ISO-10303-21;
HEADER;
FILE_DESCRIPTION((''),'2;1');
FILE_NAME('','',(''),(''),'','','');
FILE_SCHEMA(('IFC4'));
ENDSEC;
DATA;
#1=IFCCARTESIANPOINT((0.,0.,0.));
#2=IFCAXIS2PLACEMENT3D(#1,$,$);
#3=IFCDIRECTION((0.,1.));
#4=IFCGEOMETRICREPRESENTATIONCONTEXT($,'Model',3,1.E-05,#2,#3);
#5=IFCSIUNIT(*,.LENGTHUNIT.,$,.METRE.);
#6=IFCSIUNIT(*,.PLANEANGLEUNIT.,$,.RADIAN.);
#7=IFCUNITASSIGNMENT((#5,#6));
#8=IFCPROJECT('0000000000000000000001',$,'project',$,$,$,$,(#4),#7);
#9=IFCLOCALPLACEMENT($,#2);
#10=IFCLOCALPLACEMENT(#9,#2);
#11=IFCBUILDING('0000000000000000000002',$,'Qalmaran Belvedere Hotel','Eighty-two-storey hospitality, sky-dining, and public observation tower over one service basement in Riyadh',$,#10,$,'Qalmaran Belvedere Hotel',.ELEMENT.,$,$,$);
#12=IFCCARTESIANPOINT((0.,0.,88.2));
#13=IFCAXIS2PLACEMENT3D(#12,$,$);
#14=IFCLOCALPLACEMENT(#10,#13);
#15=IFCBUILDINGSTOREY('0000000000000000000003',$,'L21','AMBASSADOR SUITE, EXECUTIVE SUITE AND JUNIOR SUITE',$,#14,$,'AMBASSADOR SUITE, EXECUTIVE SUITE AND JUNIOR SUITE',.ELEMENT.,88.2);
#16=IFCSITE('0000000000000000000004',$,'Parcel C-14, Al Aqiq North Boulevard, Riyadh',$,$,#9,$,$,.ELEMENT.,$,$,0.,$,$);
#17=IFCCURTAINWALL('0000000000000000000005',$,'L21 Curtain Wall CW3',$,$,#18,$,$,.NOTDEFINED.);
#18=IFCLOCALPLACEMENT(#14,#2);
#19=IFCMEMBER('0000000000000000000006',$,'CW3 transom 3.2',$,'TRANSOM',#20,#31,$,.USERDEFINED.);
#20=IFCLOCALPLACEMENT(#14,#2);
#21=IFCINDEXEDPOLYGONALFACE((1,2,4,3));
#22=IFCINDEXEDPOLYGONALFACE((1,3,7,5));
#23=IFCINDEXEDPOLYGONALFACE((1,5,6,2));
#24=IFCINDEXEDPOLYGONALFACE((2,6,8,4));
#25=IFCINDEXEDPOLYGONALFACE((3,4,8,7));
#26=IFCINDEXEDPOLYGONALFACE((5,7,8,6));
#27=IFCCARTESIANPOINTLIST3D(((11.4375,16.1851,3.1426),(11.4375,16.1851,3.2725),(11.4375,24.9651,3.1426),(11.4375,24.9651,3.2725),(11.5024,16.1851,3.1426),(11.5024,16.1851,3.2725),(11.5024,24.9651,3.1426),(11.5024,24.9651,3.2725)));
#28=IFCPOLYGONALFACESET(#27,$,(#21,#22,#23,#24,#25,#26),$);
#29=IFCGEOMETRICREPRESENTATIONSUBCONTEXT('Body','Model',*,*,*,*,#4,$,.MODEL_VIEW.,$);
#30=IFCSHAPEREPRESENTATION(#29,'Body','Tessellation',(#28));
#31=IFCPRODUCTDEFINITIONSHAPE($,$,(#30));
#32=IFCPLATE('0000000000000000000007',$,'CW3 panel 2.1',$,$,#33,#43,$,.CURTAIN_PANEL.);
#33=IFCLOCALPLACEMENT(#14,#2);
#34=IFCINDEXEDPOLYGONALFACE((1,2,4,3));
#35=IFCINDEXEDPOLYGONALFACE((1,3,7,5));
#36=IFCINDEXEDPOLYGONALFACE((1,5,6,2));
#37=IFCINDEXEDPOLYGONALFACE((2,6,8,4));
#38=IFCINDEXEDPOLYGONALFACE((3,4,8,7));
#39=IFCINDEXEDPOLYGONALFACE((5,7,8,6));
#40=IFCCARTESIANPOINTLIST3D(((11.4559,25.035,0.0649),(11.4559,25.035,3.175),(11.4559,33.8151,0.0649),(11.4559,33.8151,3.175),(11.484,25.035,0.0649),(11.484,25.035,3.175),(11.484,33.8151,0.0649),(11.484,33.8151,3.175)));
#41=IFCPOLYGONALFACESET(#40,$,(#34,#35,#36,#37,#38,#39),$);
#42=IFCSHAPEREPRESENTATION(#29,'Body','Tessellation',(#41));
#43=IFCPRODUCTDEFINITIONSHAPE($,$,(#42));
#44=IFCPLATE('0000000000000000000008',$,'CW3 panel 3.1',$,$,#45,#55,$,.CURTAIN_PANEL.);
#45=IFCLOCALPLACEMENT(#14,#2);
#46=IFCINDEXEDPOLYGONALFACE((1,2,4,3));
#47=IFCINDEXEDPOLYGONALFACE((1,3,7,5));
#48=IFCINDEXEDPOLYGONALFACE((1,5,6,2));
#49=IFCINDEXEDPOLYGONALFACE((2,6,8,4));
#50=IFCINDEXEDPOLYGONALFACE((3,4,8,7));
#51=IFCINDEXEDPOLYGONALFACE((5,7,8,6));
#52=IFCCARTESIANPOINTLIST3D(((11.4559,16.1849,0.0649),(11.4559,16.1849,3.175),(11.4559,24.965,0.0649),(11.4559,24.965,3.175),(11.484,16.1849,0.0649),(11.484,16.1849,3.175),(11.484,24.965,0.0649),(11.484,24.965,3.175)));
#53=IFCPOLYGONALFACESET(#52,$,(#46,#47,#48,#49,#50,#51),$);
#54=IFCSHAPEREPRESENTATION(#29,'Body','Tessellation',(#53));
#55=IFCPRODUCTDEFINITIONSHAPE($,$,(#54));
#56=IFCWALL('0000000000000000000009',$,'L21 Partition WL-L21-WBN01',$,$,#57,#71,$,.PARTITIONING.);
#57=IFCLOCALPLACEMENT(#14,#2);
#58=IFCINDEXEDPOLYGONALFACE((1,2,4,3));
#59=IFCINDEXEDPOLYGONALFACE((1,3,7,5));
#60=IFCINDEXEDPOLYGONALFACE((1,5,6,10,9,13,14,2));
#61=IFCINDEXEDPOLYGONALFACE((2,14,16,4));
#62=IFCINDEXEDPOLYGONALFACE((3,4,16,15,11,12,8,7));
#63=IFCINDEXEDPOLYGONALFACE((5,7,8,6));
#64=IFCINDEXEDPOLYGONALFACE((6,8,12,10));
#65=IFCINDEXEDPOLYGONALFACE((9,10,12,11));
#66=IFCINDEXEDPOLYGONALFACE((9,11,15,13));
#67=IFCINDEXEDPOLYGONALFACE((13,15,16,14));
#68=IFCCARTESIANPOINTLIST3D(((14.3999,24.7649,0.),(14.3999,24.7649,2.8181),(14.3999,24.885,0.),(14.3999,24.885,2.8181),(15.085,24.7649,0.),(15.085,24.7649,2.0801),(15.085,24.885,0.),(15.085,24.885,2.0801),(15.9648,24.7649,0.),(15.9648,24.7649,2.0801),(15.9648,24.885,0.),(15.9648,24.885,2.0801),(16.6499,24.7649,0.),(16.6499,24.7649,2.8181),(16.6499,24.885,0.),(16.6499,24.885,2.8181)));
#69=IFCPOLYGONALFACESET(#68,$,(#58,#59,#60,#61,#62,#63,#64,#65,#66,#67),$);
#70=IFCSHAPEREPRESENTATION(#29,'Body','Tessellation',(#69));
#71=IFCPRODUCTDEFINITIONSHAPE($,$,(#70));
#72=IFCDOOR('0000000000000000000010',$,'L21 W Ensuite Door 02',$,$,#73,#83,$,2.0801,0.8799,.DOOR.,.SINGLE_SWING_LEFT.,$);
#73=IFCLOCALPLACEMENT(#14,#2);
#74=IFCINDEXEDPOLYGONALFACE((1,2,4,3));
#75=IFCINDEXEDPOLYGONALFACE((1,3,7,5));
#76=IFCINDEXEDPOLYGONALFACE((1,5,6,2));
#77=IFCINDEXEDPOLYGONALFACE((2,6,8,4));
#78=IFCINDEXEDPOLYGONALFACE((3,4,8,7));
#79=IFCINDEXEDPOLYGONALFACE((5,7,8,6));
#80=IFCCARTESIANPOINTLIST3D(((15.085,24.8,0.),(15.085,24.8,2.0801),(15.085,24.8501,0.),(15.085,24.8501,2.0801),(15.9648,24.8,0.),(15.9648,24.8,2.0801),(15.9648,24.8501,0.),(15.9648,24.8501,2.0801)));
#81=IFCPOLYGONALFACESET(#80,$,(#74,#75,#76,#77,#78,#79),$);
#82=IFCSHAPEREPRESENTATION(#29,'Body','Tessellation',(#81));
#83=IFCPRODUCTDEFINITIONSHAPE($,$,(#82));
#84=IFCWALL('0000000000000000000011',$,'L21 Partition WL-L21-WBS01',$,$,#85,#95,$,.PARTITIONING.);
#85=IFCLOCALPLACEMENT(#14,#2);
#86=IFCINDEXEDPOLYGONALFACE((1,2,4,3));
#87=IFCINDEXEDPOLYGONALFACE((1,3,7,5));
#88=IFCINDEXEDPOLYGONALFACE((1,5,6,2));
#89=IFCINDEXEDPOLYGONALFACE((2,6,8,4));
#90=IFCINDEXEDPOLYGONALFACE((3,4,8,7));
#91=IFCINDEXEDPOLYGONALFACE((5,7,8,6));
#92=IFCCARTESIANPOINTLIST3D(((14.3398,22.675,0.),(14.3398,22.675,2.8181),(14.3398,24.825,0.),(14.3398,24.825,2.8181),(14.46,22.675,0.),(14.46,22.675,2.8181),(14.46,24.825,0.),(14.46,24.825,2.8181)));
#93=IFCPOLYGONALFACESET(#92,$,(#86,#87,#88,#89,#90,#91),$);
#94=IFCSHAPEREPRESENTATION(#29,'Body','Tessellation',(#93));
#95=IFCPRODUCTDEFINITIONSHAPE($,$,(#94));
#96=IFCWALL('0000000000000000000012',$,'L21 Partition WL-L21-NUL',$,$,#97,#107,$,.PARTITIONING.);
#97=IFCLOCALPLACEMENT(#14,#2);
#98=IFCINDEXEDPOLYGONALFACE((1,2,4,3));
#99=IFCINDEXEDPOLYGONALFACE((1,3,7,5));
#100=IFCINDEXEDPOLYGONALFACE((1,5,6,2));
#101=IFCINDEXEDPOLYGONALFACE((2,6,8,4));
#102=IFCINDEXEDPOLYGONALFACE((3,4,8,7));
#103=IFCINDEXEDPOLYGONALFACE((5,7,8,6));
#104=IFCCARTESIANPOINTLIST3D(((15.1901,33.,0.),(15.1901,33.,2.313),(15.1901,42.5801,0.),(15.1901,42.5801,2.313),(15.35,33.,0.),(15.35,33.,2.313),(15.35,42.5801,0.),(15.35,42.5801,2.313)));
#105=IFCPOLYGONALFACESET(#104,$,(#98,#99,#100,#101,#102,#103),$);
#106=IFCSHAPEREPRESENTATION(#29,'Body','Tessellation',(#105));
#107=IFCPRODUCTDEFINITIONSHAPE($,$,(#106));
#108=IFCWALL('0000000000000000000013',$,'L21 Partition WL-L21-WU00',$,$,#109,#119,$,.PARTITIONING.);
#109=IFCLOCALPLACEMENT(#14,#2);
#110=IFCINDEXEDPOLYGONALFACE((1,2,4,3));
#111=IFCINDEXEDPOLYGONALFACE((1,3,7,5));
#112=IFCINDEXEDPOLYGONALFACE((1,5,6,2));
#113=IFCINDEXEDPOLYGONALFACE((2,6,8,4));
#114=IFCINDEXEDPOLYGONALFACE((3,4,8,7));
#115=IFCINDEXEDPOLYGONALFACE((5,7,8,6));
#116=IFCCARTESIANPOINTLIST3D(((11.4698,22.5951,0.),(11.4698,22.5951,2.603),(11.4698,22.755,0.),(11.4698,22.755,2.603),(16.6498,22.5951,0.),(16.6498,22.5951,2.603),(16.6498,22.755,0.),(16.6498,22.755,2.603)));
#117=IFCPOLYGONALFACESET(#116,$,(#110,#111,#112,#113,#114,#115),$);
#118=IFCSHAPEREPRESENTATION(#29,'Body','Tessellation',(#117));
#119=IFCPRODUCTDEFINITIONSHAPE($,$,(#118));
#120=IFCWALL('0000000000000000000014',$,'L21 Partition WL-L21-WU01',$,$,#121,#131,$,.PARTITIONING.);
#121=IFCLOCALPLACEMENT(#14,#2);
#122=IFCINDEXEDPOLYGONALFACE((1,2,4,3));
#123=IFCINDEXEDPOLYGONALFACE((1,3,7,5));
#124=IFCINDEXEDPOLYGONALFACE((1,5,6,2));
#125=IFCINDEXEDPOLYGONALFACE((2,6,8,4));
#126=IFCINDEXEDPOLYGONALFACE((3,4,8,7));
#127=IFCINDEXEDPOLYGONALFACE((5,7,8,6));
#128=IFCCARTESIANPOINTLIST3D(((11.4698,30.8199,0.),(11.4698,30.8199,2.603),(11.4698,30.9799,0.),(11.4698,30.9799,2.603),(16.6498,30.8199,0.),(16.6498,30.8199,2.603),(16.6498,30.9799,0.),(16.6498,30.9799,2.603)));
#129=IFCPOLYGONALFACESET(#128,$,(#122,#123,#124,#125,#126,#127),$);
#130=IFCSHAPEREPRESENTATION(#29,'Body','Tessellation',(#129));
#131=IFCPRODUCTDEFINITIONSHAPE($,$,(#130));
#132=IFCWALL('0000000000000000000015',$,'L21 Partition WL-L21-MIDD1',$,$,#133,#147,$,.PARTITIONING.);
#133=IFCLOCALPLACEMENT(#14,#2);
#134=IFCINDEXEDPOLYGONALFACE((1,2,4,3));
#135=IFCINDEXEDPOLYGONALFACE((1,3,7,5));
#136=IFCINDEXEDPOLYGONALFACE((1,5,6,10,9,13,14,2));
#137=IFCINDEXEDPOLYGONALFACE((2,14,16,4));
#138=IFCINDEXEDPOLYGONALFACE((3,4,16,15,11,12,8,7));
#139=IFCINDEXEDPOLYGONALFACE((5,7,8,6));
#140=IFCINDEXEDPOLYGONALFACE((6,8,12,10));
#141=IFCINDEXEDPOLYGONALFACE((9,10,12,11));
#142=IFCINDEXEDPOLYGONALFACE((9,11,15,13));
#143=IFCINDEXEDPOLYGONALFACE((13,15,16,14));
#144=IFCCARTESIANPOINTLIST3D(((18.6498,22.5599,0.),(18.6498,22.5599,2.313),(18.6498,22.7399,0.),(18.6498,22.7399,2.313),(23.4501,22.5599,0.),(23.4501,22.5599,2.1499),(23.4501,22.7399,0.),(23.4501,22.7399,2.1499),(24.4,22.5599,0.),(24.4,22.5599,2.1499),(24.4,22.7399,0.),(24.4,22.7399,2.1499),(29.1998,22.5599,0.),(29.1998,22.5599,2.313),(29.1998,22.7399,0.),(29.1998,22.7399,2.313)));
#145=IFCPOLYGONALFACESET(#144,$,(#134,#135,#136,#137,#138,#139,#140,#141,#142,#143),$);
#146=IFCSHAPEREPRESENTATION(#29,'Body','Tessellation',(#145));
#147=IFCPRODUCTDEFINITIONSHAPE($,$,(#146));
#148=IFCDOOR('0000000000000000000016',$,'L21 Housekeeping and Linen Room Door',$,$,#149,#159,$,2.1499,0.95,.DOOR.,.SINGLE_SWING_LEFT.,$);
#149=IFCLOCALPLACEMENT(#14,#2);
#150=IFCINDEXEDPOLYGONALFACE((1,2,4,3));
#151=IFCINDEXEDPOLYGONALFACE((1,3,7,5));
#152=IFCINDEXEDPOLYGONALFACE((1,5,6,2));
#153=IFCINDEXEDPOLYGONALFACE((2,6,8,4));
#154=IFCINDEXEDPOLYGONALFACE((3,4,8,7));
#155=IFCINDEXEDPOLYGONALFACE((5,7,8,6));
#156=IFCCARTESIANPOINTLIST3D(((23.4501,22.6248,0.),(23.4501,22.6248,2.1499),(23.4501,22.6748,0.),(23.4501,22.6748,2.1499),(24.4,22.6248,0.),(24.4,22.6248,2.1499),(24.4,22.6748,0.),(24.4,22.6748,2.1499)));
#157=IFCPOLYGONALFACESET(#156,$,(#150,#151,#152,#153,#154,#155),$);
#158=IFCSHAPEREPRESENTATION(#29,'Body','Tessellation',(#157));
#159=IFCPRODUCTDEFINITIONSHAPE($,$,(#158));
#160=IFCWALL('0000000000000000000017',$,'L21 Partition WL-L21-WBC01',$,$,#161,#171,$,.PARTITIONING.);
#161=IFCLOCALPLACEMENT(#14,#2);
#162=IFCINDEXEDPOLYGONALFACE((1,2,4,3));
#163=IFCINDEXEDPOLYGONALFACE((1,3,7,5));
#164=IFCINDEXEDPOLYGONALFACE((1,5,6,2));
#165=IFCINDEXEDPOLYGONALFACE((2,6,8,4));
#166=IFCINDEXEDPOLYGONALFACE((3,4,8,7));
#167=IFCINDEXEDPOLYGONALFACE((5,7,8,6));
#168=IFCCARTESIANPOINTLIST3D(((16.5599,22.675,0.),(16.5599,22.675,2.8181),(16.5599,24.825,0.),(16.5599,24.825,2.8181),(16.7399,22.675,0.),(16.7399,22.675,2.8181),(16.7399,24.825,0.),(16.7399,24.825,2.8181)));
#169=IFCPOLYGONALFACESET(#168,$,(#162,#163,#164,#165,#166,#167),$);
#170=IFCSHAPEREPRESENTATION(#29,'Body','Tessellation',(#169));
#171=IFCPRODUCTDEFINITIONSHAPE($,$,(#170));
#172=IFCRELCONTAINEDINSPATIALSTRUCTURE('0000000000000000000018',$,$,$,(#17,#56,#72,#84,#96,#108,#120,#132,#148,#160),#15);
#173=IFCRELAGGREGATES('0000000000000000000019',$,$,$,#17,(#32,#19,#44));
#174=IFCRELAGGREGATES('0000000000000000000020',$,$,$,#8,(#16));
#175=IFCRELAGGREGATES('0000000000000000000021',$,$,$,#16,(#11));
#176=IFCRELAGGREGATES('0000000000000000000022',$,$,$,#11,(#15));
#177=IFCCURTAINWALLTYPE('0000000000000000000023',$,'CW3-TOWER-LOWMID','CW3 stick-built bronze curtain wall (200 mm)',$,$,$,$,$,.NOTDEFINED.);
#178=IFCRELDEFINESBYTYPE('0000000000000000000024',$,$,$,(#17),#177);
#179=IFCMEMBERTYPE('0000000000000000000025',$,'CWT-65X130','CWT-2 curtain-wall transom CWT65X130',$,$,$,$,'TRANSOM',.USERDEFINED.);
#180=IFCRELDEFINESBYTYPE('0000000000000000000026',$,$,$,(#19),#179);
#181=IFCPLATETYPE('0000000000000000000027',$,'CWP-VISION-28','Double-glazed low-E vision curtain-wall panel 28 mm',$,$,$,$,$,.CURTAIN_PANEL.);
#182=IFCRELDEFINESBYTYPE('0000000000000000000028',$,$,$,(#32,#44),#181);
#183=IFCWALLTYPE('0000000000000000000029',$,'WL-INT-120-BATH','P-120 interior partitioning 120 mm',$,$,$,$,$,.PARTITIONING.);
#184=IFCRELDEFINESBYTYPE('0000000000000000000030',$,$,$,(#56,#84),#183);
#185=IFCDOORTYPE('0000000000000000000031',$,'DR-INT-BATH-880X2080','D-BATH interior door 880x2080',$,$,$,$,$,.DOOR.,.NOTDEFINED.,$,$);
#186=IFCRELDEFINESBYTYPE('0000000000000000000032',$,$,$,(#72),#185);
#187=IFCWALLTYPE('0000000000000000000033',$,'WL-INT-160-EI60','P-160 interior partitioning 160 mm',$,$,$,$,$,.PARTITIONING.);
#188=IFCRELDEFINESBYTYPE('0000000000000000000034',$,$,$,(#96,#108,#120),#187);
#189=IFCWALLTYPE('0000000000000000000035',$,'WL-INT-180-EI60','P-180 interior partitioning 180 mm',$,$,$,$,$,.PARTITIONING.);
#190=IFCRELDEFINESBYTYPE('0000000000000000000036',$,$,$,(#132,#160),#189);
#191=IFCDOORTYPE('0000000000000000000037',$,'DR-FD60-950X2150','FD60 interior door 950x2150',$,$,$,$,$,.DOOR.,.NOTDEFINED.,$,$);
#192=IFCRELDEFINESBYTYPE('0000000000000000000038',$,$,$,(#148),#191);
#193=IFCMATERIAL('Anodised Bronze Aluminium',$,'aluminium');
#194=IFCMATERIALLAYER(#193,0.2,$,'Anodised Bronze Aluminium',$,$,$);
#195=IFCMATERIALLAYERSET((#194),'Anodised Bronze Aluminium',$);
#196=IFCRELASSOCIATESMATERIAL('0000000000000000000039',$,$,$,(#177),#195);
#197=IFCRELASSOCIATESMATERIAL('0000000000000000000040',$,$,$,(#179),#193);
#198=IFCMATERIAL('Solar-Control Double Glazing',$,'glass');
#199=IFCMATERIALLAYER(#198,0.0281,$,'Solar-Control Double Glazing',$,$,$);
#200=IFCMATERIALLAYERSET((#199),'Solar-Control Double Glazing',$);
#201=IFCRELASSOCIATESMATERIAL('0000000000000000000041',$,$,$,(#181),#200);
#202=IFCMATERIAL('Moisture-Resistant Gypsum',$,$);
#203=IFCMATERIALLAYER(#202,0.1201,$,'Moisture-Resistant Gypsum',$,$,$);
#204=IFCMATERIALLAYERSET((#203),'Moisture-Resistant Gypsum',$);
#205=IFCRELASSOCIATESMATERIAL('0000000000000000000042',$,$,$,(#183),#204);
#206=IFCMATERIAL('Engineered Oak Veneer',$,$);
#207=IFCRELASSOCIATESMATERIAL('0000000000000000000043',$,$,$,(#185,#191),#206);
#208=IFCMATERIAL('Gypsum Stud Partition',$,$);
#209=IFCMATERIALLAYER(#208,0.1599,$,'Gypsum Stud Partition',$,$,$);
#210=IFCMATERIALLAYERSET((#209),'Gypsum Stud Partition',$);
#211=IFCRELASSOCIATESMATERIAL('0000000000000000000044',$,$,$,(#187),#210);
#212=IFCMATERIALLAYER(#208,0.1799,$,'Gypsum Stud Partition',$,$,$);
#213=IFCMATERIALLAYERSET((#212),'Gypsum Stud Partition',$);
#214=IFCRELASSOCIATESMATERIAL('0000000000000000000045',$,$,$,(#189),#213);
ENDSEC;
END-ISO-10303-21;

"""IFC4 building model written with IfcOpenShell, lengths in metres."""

from ifc_helpers import new_model, si_unit, direction, frame, frame_2d, origin, origin_2d, place, context, subcontext, project, spatial, rectangle, extrude, material, layer, layer_set, material_profile, profile_set, type_object, element, fill, aggregate, save


model = new_model("IFC4")

# Units and contexts
model_context = context("Model", 3, precision=1e-05, world=origin(), true_north=direction((0.0, 1.0)))
body_context = subcontext(model_context, "Body", "Model", "MODEL_VIEW")
ifc_project = project(units=[si_unit("LENGTHUNIT", "METRE"), si_unit("PLANEANGLEUNIT", "RADIAN")], contexts=[model_context])

# Site, building, storey
site_placement = place(None, origin())
site = spatial("IfcSite", under=ifc_project, at=site_placement, Name="Parcel C-14, Al Aqiq North Boulevard, Riyadh", CompositionType="ELEMENT", RefElevation=0.0)
building_placement = place(site_placement, origin())
building = spatial("IfcBuilding", under=site, at=building_placement, Name="Qalmaran Belvedere Hotel", Description="Eighty-two-storey hospitality, sky-dining, and public observation tower over one service basement in Riyadh", LongName="Qalmaran Belvedere Hotel", CompositionType="ELEMENT")
storey_placement = place(building_placement, frame((0.0, 0.0, 88.2)))
storey = spatial("IfcBuildingStorey", under=building, at=storey_placement, Name="L21", Description="AMBASSADOR SUITE, EXECUTIVE SUITE AND JUNIOR SUITE", LongName="AMBASSADOR SUITE, EXECUTIVE SUITE AND JUNIOR SUITE", CompositionType="ELEMENT", Elevation=88.2)

# Curtain wall, member, plates
ifc_material_1 = material(Name="Anodised Bronze Aluminium", Category="aluminium")
ifc_layer_1 = layer(ifc_material_1, 0.2, Name="Anodised Bronze Aluminium")
ifc_layer_set_1 = layer_set([ifc_layer_1], Name="Anodised Bronze Aluminium")
curtain_wall_type = type_object("IfcCurtainWallType", Name="CW3-TOWER-LOWMID", Description="CW3 stick-built bronze curtain wall (200 mm)", PredefinedType="NOTDEFINED", material=ifc_layer_set_1)
curtain_wall_placement = place(storey_placement, origin())
curtain_wall = element("IfcCurtainWall", 1, at=curtain_wall_placement, inside=storey, type_object=curtain_wall_type, Name="L21 Curtain Wall CW3", PredefinedType="NOTDEFINED")
ifc_material_profile_1 = material_profile(ifc_material_1, rectangle(XDim=0.0649, YDim=0.1299, at=origin_2d()), Name="CWT65X130")
ifc_profile_set_1 = profile_set([ifc_material_profile_1], Name="Anodised Bronze Aluminium")
member_type_1 = type_object("IfcMemberType", Name="CWT-65X130", Description="CWT-2 curtain-wall transom CWT65X130", ElementType="TRANSOM", PredefinedType="USERDEFINED", material=ifc_profile_set_1)
member_1_placement = place(storey_placement, frame((11.47, 24.9651, 3.2075), z_axis=(0.0, -1.0, 0.0), x_axis=(1.0, 0.0, 0.0)))
member_1 = element("IfcMember", 2, at=member_1_placement, type_object=member_type_1, Name="CW3 transom 3.2", ObjectType="TRANSOM", PredefinedType="USERDEFINED", context=body_context, shape_type="SweptSolid", body=[
    extrude(rectangle(XDim=0.0649, YDim=0.1299, at=origin_2d()), origin(), (0.0, 0.0, 1.0), 8.78),
])
ifc_material_2 = material(Name="Solar-Control Double Glazing", Category="glass")
ifc_layer_2 = layer(ifc_material_2, 0.0281, Name="Solar-Control Double Glazing")
ifc_layer_set_2 = layer_set([ifc_layer_2], Name="Solar-Control Double Glazing")
plate_type = type_object("IfcPlateType", Name="CWP-VISION-28", Description="Double-glazed low-E vision curtain-wall panel 28 mm", PredefinedType="CURTAIN_PANEL", material=ifc_layer_set_2)
plate_1_placement = place(storey_placement, frame((11.47, 29.425, 0.0649), z_axis=(0.0, 0.0, 1.0), x_axis=(0.0, -1.0, 0.0)))
plate_1 = element("IfcPlate", 3, at=plate_1_placement, type_object=plate_type, Name="CW3 panel 2.1", PredefinedType="CURTAIN_PANEL", context=body_context, shape_type="SweptSolid", body=[
    extrude(rectangle(XDim=8.78, YDim=0.0281, at=origin_2d()), origin(), (0.0, 0.0, 1.0), 3.1101),
])
plate_2_placement = place(storey_placement, frame((11.47, 20.575, 0.0649), z_axis=(0.0, 0.0, 1.0), x_axis=(0.0, -1.0, 0.0)))
plate_2 = element("IfcPlate", 4, at=plate_2_placement, type_object=plate_type, Name="CW3 panel 3.1", PredefinedType="CURTAIN_PANEL", context=body_context, shape_type="SweptSolid", body=[
    extrude(rectangle(XDim=8.78, YDim=0.0281, at=origin_2d()), origin(), (0.0, 0.0, 1.0), 3.1101),
])
aggregate(curtain_wall, [plate_1, member_1, plate_2])

# Wall, opening, door
ifc_material_3 = material(Name="Moisture-Resistant Gypsum")
ifc_layer_3 = layer(ifc_material_3, 0.1201, Name="Moisture-Resistant Gypsum")
ifc_layer_set_3 = layer_set([ifc_layer_3], Name="Moisture-Resistant Gypsum")
wall_type_1 = type_object("IfcWallType", Name="WL-INT-120-BATH", Description="P-120 interior partitioning 120 mm", PredefinedType="PARTITIONING", material=ifc_layer_set_3)
wall_1_placement = place(storey_placement, frame((14.3999, 24.825, 0.0), z_axis=(0.0, 0.0, 1.0), x_axis=(1.0, 0.0, 0.0)))
wall_1 = element("IfcWall", 5, at=wall_1_placement, inside=storey, type_object=wall_type_1, Name="L21 Partition WL-L21-WBN01", PredefinedType="PARTITIONING", context=body_context, shape_type="SweptSolid", body=[
    extrude(rectangle(XDim=2.25, YDim=0.1201, at=frame_2d((1.125, 0.0))), origin(), (0.0, 0.0, 1.0), 2.8181),
])
opening_1_placement = place(wall_1_placement, frame((1.5649, 0.0, 0.0), z_axis=(0.0, 0.0, 1.0), x_axis=(-1.0, 0.0, 0.0)))
opening_1 = element("IfcOpeningElement", 6, at=opening_1_placement, cuts=wall_1, PredefinedType="OPENING", context=body_context, shape_type="SweptSolid", body=[
    extrude(rectangle(XDim=0.8799, YDim=2.0801, at=frame_2d((0.4399, 1.04))), frame((0.0, 0.0701, 0.0), z_axis=(0.0, -1.0, 0.0), x_axis=(1.0, 0.0, 0.0)), (0.0, 0.0, 1.0), 0.1401),
])
ifc_material_4 = material(Name="Engineered Oak Veneer")
door_type_1 = type_object("IfcDoorType", Name="DR-INT-BATH-880X2080", Description="D-BATH interior door 880x2080", OperationType="NOTDEFINED", PredefinedType="DOOR", material=ifc_material_4)
door_1_placement = place(opening_1_placement, origin())
door_1 = element("IfcDoor", 7, at=door_1_placement, inside=storey, type_object=door_type_1, Name="L21 W Ensuite Door 02", OperationType="SINGLE_SWING_LEFT", OverallHeight=2.0801, OverallWidth=0.8799, PredefinedType="DOOR", context=body_context, shape_type="SweptSolid", body=[
    extrude(rectangle(XDim=0.8799, YDim=2.0801, at=frame_2d((0.4399, 1.04))), frame((0.0, 0.0249, 0.0), z_axis=(0.0, -1.0, 0.0), x_axis=(1.0, 0.0, 0.0)), (0.0, 0.0, 1.0), 0.05),
])
fill(opening_1, door_1)

# Wall
wall_2_placement = place(storey_placement, frame((14.3999, 22.675, 0.0), z_axis=(0.0, 0.0, 1.0), x_axis=(0.0, 1.0, 0.0)))
element("IfcWall", 8, at=wall_2_placement, inside=storey, type_object=wall_type_1, Name="L21 Partition WL-L21-WBS01", PredefinedType="PARTITIONING", context=body_context, shape_type="SweptSolid", body=[
    extrude(rectangle(XDim=2.1499, YDim=0.1201, at=frame_2d((1.075, 0.0))), origin(), (0.0, 0.0, 1.0), 2.8181),
])

# Shared definitions
ifc_material_5 = material(Name="Gypsum Stud Partition")

# Walls
ifc_layer_4 = layer(ifc_material_5, 0.1599, Name="Gypsum Stud Partition")
ifc_layer_set_4 = layer_set([ifc_layer_4], Name="Gypsum Stud Partition")
wall_type_2 = type_object("IfcWallType", Name="WL-INT-160-EI60", Description="P-160 interior partitioning 160 mm", PredefinedType="PARTITIONING", material=ifc_layer_set_4)
wall_3_placement = place(storey_placement, frame((15.27, 33.0, 0.0), z_axis=(0.0, 0.0, 1.0), x_axis=(0.0, 1.0, 0.0)))
element("IfcWall", 9, at=wall_3_placement, inside=storey, type_object=wall_type_2, Name="L21 Partition WL-L21-NUL", PredefinedType="PARTITIONING", context=body_context, shape_type="SweptSolid", body=[
    extrude(rectangle(XDim=9.5801, YDim=0.1599, at=frame_2d((4.79, 0.0))), origin(), (0.0, 0.0, 1.0), 2.313),
])
for number, where, z_axis, x_axis, name in (
    (10, (11.47, 22.675, 0.0), (0.0, 0.0, 1.0), (1.0, 0.0, 0.0), "L21 Partition WL-L21-WU00"),
    (11, (11.47, 30.8999, 0.0), (0.0, 0.0, 1.0), (1.0, 0.0, 0.0), "L21 Partition WL-L21-WU01"),
):
    element("IfcWall", number, at=place(storey_placement, frame(where, z_axis=z_axis, x_axis=x_axis)), inside=storey, type_object=wall_type_2, Name=name, PredefinedType="PARTITIONING", context=body_context, shape_type="SweptSolid", body=[
        extrude(rectangle(XDim=5.1799, YDim=0.1599, at=frame_2d((2.5898, 0.0))), origin(), (0.0, 0.0, 1.0), 2.603),
    ])

# Wall, opening, door
ifc_layer_5 = layer(ifc_material_5, 0.1799, Name="Gypsum Stud Partition")
ifc_layer_set_5 = layer_set([ifc_layer_5], Name="Gypsum Stud Partition")
wall_type_3 = type_object("IfcWallType", Name="WL-INT-180-EI60", Description="P-180 interior partitioning 180 mm", PredefinedType="PARTITIONING", material=ifc_layer_set_5)
wall_4_placement = place(storey_placement, frame((18.6499, 22.6499, 0.0), z_axis=(0.0, 0.0, 1.0), x_axis=(1.0, 0.0, 0.0)))
wall_4 = element("IfcWall", 12, at=wall_4_placement, inside=storey, type_object=wall_type_3, Name="L21 Partition WL-L21-MIDD1", PredefinedType="PARTITIONING", context=body_context, shape_type="SweptSolid", body=[
    extrude(rectangle(XDim=10.55, YDim=0.1799, at=frame_2d((5.2749, 0.0))), origin(), (0.0, 0.0, 1.0), 2.313),
])
opening_2_placement = place(wall_4_placement, frame((4.8, 0.0, 0.0)))
opening_2 = element("IfcOpeningElement", 13, at=opening_2_placement, cuts=wall_4, PredefinedType="OPENING", context=body_context, shape_type="SweptSolid", body=[
    extrude(rectangle(XDim=0.95, YDim=2.1499, at=frame_2d((0.4751, 1.075))), frame((0.0, 0.1001, 0.0), z_axis=(0.0, -1.0, 0.0), x_axis=(1.0, 0.0, 0.0)), (0.0, 0.0, 1.0), 0.2),
])
door_type_2 = type_object("IfcDoorType", Name="DR-FD60-950X2150", Description="FD60 interior door 950x2150", OperationType="NOTDEFINED", PredefinedType="DOOR", material=ifc_material_4)
door_2_placement = place(opening_2_placement, origin())
door_2 = element("IfcDoor", 14, at=door_2_placement, inside=storey, type_object=door_type_2, Name="L21 Housekeeping and Linen Room Door", OperationType="SINGLE_SWING_LEFT", OverallHeight=2.1499, OverallWidth=0.95, PredefinedType="DOOR", context=body_context, shape_type="SweptSolid", body=[
    extrude(rectangle(XDim=0.95, YDim=2.1499, at=frame_2d((0.4751, 1.075))), frame((0.0, 0.0249, 0.0), z_axis=(0.0, -1.0, 0.0), x_axis=(1.0, 0.0, 0.0)), (0.0, 0.0, 1.0), 0.05),
])
fill(opening_2, door_2)

# Wall
wall_5_placement = place(storey_placement, frame((16.6499, 22.675, 0.0), z_axis=(0.0, 0.0, 1.0), x_axis=(0.0, 1.0, 0.0)))
element("IfcWall", 15, at=wall_5_placement, inside=storey, type_object=wall_type_3, Name="L21 Partition WL-L21-WBC01", PredefinedType="PARTITIONING", context=body_context, shape_type="SweptSolid", body=[
    extrude(rectangle(XDim=2.1499, YDim=0.1799, at=frame_2d((1.075, 0.0))), origin(), (0.0, 0.0, 1.0), 2.8181),
])

save(model, "model.ifc")
